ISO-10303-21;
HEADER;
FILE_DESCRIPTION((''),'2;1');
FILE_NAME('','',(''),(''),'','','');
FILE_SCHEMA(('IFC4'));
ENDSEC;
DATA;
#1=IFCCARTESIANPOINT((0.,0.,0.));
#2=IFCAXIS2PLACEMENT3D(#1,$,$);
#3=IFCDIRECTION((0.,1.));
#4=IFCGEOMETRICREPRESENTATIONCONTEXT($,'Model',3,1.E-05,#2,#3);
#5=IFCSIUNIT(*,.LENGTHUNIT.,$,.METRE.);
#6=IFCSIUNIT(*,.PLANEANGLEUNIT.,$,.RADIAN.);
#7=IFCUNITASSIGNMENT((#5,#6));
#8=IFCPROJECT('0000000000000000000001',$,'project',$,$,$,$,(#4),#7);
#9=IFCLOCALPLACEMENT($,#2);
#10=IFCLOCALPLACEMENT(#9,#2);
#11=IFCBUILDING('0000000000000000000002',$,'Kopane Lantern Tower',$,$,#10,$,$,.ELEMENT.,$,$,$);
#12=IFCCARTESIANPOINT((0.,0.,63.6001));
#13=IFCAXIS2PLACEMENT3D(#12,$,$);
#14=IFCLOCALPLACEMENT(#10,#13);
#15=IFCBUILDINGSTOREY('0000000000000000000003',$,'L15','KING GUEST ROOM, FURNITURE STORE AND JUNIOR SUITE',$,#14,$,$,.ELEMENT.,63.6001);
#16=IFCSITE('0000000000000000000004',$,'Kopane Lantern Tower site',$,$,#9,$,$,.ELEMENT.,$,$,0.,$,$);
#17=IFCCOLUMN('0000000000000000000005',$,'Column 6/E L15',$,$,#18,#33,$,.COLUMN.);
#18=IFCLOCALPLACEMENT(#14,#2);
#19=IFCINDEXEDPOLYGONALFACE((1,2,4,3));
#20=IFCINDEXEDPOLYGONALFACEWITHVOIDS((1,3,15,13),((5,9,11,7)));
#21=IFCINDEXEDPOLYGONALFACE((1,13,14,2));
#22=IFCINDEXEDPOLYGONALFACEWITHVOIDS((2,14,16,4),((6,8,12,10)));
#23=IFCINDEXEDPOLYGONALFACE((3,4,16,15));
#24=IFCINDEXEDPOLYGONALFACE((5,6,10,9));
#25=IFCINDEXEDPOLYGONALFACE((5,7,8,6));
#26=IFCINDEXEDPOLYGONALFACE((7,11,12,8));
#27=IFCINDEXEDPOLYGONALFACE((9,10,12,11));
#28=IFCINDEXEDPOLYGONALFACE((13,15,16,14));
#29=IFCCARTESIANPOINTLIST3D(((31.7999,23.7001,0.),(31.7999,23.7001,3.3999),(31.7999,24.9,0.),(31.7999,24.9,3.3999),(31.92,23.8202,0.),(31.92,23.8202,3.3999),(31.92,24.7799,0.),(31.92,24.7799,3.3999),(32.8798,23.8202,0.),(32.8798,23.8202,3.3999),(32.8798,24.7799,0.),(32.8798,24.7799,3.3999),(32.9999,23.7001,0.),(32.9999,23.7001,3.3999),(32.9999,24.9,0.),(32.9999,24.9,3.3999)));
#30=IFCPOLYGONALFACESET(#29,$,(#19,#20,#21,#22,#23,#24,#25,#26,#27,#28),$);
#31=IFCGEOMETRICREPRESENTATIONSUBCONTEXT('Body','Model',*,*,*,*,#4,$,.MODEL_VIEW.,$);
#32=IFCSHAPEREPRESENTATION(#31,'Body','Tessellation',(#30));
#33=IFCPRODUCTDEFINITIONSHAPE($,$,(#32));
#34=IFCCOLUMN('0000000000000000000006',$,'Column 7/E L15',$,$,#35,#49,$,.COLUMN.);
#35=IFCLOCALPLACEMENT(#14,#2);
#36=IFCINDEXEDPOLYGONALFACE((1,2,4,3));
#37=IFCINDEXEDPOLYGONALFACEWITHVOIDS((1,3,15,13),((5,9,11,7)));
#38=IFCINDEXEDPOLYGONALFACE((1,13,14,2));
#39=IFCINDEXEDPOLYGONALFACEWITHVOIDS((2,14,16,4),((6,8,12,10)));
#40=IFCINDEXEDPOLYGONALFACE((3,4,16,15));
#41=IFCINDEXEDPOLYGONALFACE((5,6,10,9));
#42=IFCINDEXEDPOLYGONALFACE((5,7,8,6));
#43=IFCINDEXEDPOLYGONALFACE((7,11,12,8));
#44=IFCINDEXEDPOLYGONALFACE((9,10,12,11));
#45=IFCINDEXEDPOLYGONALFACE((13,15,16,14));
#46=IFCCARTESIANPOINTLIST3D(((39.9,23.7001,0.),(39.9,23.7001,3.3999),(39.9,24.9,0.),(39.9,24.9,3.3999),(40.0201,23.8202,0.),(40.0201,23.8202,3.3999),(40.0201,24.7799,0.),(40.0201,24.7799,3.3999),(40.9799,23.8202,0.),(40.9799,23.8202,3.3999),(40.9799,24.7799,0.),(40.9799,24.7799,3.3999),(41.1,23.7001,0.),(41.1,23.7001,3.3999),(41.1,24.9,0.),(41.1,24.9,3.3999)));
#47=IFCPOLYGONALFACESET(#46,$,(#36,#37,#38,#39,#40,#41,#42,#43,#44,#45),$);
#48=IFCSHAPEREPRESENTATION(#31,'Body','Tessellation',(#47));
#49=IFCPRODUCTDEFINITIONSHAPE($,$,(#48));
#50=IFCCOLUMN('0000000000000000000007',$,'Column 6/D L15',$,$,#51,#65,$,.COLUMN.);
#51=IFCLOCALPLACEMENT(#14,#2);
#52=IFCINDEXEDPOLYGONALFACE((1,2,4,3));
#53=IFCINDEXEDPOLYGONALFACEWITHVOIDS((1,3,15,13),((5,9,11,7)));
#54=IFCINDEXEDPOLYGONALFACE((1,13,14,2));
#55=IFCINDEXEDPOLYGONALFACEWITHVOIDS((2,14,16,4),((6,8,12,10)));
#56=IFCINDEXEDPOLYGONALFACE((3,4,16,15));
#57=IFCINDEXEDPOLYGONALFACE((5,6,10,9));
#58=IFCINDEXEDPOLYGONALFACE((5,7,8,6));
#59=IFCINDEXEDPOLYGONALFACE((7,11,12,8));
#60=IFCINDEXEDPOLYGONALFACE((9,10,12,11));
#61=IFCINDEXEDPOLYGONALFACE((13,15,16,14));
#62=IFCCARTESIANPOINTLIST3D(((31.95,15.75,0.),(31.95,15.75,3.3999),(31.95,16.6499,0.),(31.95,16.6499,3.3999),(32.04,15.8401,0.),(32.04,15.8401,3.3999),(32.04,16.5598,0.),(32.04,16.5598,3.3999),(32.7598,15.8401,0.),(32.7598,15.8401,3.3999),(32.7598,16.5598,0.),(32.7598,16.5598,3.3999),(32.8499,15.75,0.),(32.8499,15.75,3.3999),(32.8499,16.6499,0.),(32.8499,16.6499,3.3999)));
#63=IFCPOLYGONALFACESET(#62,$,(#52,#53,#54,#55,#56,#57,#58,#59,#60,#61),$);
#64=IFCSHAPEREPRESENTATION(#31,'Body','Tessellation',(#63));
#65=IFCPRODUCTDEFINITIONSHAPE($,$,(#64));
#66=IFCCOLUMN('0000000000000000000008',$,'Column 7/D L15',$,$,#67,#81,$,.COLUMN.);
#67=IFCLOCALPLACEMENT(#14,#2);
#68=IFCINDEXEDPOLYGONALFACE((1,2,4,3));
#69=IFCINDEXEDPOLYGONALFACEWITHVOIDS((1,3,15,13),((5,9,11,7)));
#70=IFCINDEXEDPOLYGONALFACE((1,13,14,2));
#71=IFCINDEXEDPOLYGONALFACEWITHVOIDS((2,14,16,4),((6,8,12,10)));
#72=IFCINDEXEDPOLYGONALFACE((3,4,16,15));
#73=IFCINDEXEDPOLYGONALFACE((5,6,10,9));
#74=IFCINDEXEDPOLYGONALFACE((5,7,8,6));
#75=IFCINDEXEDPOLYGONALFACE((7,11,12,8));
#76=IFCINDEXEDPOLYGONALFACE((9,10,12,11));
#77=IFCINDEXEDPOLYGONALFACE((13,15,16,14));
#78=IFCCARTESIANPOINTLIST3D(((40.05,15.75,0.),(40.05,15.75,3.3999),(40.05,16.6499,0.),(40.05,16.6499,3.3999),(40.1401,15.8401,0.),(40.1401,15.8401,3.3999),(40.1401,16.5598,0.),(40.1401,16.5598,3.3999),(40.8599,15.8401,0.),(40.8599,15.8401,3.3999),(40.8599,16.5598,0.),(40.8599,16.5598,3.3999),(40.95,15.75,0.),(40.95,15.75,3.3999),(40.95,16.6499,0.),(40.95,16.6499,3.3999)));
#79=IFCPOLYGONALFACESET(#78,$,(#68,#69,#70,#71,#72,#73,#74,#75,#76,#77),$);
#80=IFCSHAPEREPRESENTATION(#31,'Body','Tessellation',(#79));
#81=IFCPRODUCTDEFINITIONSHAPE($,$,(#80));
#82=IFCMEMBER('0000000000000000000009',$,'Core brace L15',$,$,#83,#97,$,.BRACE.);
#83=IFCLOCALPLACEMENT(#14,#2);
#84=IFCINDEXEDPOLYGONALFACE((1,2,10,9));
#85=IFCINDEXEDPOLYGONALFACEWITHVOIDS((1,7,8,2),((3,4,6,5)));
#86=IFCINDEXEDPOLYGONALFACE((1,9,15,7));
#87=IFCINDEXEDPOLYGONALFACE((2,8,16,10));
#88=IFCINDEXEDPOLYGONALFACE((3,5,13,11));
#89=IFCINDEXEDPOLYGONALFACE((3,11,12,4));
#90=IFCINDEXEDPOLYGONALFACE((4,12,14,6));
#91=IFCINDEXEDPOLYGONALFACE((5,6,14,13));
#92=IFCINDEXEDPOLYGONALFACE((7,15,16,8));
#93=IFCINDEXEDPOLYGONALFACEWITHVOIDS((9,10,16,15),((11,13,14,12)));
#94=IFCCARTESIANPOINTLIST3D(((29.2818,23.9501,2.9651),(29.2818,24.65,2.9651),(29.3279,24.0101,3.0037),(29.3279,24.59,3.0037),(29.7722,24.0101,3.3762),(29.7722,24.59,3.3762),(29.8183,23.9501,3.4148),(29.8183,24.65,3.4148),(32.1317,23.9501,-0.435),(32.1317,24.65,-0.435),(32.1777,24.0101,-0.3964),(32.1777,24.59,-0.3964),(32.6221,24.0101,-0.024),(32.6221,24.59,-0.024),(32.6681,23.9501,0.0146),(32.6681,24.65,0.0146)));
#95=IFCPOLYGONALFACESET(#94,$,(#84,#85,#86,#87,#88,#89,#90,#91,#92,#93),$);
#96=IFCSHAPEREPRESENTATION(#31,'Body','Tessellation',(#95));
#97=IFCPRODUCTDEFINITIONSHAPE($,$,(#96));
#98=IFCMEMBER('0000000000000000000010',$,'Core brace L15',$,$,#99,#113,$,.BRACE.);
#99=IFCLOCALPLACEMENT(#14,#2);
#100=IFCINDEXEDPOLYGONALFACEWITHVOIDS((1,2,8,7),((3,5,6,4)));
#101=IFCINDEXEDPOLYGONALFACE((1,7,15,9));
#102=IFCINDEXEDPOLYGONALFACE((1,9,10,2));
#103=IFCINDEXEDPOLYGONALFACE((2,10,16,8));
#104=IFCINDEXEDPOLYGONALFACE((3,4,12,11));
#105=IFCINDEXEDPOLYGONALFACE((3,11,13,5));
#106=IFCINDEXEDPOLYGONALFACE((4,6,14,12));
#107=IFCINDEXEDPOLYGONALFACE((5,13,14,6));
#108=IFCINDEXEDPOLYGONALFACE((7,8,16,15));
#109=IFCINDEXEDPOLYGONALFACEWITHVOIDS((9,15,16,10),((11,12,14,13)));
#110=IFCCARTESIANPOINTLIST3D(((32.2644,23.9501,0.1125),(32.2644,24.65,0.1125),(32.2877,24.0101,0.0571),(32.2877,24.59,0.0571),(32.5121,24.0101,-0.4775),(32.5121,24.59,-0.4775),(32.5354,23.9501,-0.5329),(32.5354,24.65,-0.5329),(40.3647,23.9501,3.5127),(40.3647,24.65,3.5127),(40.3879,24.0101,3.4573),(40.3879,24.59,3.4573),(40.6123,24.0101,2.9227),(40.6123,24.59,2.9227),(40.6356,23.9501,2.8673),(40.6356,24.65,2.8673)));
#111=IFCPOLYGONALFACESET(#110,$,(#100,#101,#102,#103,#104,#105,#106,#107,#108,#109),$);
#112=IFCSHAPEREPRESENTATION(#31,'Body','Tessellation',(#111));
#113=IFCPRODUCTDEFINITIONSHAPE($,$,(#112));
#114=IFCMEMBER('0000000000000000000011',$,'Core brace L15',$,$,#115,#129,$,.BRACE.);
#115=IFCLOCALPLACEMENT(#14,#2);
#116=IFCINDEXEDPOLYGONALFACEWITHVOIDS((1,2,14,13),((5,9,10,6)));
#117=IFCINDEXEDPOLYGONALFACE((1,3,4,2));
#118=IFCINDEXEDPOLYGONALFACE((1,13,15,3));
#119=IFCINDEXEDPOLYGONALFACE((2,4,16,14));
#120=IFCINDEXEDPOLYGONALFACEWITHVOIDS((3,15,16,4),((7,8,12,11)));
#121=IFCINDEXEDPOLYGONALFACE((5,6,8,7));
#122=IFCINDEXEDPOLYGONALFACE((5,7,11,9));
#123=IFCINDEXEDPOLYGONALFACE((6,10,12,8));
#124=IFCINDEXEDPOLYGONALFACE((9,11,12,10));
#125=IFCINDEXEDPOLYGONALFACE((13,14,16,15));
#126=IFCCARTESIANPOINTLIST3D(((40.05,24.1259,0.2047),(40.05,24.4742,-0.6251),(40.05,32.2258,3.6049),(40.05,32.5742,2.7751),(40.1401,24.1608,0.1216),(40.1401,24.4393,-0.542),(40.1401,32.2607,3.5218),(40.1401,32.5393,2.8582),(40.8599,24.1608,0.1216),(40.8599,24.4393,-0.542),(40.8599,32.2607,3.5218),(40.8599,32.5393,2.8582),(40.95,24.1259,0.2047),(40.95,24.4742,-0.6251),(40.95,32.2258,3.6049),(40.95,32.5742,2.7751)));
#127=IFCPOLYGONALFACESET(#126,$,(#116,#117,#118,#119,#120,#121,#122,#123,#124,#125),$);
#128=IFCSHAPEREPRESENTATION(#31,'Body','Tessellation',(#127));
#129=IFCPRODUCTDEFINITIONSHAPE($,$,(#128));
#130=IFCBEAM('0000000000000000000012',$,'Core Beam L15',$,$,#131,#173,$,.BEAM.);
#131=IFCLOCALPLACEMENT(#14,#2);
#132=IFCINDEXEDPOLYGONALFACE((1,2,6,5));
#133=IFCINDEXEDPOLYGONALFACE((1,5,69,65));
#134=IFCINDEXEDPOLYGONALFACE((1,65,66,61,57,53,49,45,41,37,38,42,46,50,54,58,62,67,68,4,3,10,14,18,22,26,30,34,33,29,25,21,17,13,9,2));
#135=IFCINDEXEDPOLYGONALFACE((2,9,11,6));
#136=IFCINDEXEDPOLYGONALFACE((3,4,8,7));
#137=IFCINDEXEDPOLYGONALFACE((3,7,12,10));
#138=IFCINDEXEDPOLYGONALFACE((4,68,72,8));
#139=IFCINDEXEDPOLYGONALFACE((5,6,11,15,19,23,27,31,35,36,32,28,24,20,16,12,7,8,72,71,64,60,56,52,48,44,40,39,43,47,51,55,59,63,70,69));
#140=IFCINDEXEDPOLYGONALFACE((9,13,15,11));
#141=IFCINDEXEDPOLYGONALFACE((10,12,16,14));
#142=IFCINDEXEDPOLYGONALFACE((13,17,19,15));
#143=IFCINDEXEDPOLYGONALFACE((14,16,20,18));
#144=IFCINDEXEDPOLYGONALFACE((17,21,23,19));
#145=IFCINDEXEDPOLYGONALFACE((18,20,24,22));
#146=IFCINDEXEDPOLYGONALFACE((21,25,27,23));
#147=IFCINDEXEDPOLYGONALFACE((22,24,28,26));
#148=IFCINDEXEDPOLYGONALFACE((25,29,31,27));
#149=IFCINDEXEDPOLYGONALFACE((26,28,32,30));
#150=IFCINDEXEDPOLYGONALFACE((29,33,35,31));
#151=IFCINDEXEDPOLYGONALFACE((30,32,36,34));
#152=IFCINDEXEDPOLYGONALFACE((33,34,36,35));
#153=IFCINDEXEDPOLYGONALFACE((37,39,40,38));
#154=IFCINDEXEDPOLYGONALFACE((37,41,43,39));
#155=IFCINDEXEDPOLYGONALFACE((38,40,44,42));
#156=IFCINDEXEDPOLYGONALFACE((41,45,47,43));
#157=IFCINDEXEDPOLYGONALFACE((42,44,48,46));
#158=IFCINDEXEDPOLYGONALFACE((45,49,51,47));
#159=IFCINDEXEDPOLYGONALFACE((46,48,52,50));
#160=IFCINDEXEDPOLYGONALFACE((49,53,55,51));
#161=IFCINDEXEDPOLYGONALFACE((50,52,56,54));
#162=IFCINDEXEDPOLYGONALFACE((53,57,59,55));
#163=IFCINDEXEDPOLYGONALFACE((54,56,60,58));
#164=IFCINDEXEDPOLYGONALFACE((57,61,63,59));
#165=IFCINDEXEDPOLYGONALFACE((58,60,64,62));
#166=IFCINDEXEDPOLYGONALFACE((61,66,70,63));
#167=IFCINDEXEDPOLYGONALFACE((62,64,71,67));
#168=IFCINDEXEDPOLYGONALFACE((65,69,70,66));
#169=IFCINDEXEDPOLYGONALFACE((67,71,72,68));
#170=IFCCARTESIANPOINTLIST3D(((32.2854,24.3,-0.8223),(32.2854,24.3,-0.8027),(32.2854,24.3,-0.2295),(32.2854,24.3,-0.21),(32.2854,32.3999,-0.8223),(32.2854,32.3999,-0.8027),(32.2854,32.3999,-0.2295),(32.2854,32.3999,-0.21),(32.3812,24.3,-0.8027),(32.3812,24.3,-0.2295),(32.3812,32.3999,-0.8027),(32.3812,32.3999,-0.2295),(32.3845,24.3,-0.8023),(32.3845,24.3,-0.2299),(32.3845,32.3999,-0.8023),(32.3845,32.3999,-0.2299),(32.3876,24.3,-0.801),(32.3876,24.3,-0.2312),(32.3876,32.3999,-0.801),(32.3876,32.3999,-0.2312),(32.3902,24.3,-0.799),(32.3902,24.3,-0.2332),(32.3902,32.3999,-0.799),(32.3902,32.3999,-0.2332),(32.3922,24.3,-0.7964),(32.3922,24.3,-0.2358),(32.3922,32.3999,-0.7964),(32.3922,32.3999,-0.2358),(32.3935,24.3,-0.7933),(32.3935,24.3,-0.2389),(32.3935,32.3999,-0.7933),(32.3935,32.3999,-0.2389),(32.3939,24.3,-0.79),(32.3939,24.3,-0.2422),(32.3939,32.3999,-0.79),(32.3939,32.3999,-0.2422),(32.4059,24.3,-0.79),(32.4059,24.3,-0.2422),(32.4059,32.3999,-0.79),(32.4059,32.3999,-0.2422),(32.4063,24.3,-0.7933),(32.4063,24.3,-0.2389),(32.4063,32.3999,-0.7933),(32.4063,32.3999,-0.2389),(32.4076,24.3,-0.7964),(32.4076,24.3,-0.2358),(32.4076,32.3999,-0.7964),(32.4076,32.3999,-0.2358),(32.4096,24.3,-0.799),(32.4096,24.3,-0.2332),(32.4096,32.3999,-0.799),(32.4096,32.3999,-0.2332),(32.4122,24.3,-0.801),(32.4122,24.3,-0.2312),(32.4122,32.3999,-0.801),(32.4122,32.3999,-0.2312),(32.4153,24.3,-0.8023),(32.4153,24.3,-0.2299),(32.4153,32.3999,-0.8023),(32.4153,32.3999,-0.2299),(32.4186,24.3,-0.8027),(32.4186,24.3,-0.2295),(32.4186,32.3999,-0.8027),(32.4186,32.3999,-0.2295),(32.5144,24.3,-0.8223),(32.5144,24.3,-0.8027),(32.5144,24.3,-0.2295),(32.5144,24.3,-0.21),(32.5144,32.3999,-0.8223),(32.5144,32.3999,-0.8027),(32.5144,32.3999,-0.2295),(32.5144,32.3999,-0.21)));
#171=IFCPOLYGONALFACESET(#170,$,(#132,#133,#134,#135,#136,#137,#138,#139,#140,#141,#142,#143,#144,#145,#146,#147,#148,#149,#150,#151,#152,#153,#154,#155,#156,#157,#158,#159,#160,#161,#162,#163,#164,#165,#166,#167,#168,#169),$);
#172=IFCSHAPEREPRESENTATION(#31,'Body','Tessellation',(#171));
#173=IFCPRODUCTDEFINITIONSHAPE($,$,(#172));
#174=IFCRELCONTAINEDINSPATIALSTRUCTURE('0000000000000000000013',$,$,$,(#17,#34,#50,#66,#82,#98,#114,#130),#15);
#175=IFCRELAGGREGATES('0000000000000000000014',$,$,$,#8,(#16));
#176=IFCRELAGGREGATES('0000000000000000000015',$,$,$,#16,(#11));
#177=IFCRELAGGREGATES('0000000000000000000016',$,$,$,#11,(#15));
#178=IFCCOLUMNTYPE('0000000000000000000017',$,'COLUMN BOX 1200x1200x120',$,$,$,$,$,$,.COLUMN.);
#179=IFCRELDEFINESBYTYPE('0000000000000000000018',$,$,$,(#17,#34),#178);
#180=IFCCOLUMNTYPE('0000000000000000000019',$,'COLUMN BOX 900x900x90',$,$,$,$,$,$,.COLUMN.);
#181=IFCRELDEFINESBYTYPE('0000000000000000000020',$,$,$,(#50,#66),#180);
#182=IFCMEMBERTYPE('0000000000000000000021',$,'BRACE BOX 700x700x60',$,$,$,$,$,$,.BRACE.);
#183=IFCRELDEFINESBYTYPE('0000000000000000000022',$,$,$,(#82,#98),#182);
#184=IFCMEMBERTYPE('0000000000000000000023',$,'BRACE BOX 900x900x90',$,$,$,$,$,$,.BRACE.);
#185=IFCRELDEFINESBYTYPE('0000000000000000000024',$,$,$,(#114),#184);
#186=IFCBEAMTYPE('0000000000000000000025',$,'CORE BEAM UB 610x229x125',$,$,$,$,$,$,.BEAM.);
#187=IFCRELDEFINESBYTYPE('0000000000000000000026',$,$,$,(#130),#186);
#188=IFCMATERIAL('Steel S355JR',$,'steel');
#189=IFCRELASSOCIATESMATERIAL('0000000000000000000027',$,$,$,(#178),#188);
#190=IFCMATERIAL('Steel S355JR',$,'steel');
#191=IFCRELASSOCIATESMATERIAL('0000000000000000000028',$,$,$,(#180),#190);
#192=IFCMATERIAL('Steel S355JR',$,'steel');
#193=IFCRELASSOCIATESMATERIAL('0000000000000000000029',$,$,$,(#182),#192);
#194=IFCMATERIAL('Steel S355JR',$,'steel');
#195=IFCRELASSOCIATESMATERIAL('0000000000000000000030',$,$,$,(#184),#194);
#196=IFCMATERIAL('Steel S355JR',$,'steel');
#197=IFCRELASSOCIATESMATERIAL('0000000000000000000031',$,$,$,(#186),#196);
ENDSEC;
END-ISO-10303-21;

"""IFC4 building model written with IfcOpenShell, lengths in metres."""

from ifc_helpers import new_model, si_unit, direction, frame, origin, origin_2d, place, context, subcontext, project, spatial, hollow_rectangle, i_section, extrude, material, material_profile, profile_set, type_object, element, save


model = new_model("IFC4")

# Units and contexts
model_context = context("Model", 3, precision=1e-05, world=origin(), true_north=direction((0.0, 1.0)))
body_context = subcontext(model_context, "Body", "Model", "MODEL_VIEW")
ifc_project = project(units=[si_unit("LENGTHUNIT", "METRE"), si_unit("PLANEANGLEUNIT", "RADIAN")], contexts=[model_context])

# Site, building, storey
site_placement = place(None, origin())
site = spatial("IfcSite", under=ifc_project, at=site_placement, Name="Kopane Lantern Tower site", CompositionType="ELEMENT", RefElevation=0.0)
building_placement = place(site_placement, origin())
building = spatial("IfcBuilding", under=site, at=building_placement, Name="Kopane Lantern Tower", CompositionType="ELEMENT")
storey_placement = place(building_placement, frame((0.0, 0.0, 63.6001)))
storey = spatial("IfcBuildingStorey", under=building, at=storey_placement, Name="L15", Description="KING GUEST ROOM, FURNITURE STORE AND JUNIOR SUITE", CompositionType="ELEMENT", Elevation=63.6001)

# Columns
ifc_material_1 = material(Name="Steel S355JR", Category="steel")
ifc_material_profile_1 = material_profile(ifc_material_1, hollow_rectangle(XDim=1.2, YDim=1.2, WallThickness=0.1201, at=origin_2d()), Name="BOX 1200x1200x120")
ifc_profile_set_1 = profile_set([ifc_material_profile_1], Name="Steel S355JR")
column_type_1 = type_object("IfcColumnType", Name="COLUMN BOX 1200x1200x120", PredefinedType="COLUMN", material=ifc_profile_set_1)
for number, where, z_axis, x_axis, name in (
    (1, (32.3999, 24.3, 0.0), (0.0, 0.0, 1.0), (1.0, 0.0, 0.0), "Column 6/E L15"),
    (2, (40.5, 24.3, 0.0), (0.0, 0.0, 1.0), (1.0, 0.0, 0.0), "Column 7/E L15"),
):
    element("IfcColumn", number, at=place(storey_placement, frame(where, z_axis=z_axis, x_axis=x_axis)), inside=storey, type_object=column_type_1, Name=name, PredefinedType="COLUMN", context=body_context, shape_type="SweptSolid", body=[
        extrude(hollow_rectangle(XDim=1.2, YDim=1.2, WallThickness=0.1201, at=origin_2d()), origin(), (0.0, 0.0, 1.0), 3.3999),
    ])
ifc_material_2 = material(Name="Steel S355JR", Category="steel")
ifc_material_profile_2 = material_profile(ifc_material_2, hollow_rectangle(XDim=0.8999, YDim=0.8999, WallThickness=0.0901, at=origin_2d()), Name="BOX 900x900x90")
ifc_profile_set_2 = profile_set([ifc_material_profile_2], Name="Steel S355JR")
column_type_2 = type_object("IfcColumnType", Name="COLUMN BOX 900x900x90", PredefinedType="COLUMN", material=ifc_profile_set_2)
for number, where, z_axis, x_axis, name in (
    (3, (32.3999, 16.2, 0.0), (0.0, 0.0, 1.0), (1.0, 0.0, 0.0), "Column 6/D L15"),
    (4, (40.5, 16.2, 0.0), (0.0, 0.0, 1.0), (1.0, 0.0, 0.0), "Column 7/D L15"),
):
    element("IfcColumn", number, at=place(storey_placement, frame(where, z_axis=z_axis, x_axis=x_axis)), inside=storey, type_object=column_type_2, Name=name, PredefinedType="COLUMN", context=body_context, shape_type="SweptSolid", body=[
        extrude(hollow_rectangle(XDim=0.8999, YDim=0.8999, WallThickness=0.0901, at=origin_2d()), origin(), (0.0, 0.0, 1.0), 3.3999),
    ])

# Members
ifc_material_3 = material(Name="Steel S355JR", Category="steel")
ifc_material_profile_3 = material_profile(ifc_material_3, hollow_rectangle(XDim=0.7, YDim=0.7, WallThickness=0.0601, at=origin_2d()), Name="BOX 700x700x60")
ifc_profile_set_3 = profile_set([ifc_material_profile_3], Name="Steel S355JR")
member_type_1 = type_object("IfcMemberType", Name="BRACE BOX 700x700x60", PredefinedType="BRACE", material=ifc_profile_set_3)
member_1_placement = place(storey_placement, frame((32.3999, 24.3, -0.2102), z_axis=(-0.642363, 0.0, 0.7664), x_axis=(0.0, -1.0, 0.0)))
element("IfcMember", 5, at=member_1_placement, inside=storey, type_object=member_type_1, Name="Core brace L15", PredefinedType="BRACE", context=body_context, shape_type="SweptSolid", body=[
    extrude(hollow_rectangle(XDim=0.7, YDim=0.7, WallThickness=0.0601, at=origin_2d()), origin(), (0.0, 0.0, 1.0), 4.4365),
])
member_2_placement = place(storey_placement, frame((32.3999, 24.3, -0.2102), z_axis=(0.922059, 0.0, 0.387049), x_axis=(0.0, 1.0, 0.0)))
element("IfcMember", 6, at=member_2_placement, inside=storey, type_object=member_type_1, Name="Core brace L15", PredefinedType="BRACE", context=body_context, shape_type="SweptSolid", body=[
    extrude(hollow_rectangle(XDim=0.7, YDim=0.7, WallThickness=0.0601, at=origin_2d()), origin(), (0.0, 0.0, 1.0), 8.7849),
])
ifc_material_4 = material(Name="Steel S355JR", Category="steel")
ifc_material_profile_4 = material_profile(ifc_material_4, hollow_rectangle(XDim=0.8999, YDim=0.8999, WallThickness=0.0901, at=origin_2d()), Name="BOX 900x900x90")
ifc_profile_set_4 = profile_set([ifc_material_profile_4], Name="Steel S355JR")
member_type_2 = type_object("IfcMemberType", Name="BRACE BOX 900x900x90", PredefinedType="BRACE", material=ifc_profile_set_4)
member_3_placement = place(storey_placement, frame((40.5, 24.3, -0.2102), z_axis=(0.0, 0.922055, 0.387059), x_axis=(-1.0, 0.0, 0.0)))
element("IfcMember", 7, at=member_3_placement, inside=storey, type_object=member_type_2, Name="Core brace L15", PredefinedType="BRACE", context=body_context, shape_type="SweptSolid", body=[
    extrude(hollow_rectangle(XDim=0.8999, YDim=0.8999, WallThickness=0.0901, at=origin_2d()), origin(), (0.0, 0.0, 1.0), 8.7847),
])

# Beam
ifc_material_5 = material(Name="Steel S355JR", Category="steel")
ifc_material_profile_5 = material_profile(ifc_material_5, i_section(OverallWidth=0.229, OverallDepth=0.6123, WebThickness=0.012, FlangeThickness=0.0195, FilletRadius=0.0127, at=origin_2d()), Name="UB 610x229x125")
ifc_profile_set_5 = profile_set([ifc_material_profile_5], Name="Steel S355JR")
beam_type_1 = type_object("IfcBeamType", Name="CORE BEAM UB 610x229x125", PredefinedType="BEAM", material=ifc_profile_set_5)
beam_1_placement = place(storey_placement, frame((32.3999, 24.3, -0.5161), z_axis=(0.0, 1.0, 0.0), x_axis=(-1.0, 0.0, 0.0)))
element("IfcBeam", 8, at=beam_1_placement, inside=storey, type_object=beam_type_1, Name="Core Beam L15", PredefinedType="BEAM", context=body_context, shape_type="SweptSolid", body=[
    extrude(i_section(OverallWidth=0.229, OverallDepth=0.6123, WebThickness=0.012, FlangeThickness=0.0195, FilletRadius=0.0127, at=origin_2d()), origin(), (0.0, 0.0, 1.0), 8.0999),
])

save(model, "model.ifc")
